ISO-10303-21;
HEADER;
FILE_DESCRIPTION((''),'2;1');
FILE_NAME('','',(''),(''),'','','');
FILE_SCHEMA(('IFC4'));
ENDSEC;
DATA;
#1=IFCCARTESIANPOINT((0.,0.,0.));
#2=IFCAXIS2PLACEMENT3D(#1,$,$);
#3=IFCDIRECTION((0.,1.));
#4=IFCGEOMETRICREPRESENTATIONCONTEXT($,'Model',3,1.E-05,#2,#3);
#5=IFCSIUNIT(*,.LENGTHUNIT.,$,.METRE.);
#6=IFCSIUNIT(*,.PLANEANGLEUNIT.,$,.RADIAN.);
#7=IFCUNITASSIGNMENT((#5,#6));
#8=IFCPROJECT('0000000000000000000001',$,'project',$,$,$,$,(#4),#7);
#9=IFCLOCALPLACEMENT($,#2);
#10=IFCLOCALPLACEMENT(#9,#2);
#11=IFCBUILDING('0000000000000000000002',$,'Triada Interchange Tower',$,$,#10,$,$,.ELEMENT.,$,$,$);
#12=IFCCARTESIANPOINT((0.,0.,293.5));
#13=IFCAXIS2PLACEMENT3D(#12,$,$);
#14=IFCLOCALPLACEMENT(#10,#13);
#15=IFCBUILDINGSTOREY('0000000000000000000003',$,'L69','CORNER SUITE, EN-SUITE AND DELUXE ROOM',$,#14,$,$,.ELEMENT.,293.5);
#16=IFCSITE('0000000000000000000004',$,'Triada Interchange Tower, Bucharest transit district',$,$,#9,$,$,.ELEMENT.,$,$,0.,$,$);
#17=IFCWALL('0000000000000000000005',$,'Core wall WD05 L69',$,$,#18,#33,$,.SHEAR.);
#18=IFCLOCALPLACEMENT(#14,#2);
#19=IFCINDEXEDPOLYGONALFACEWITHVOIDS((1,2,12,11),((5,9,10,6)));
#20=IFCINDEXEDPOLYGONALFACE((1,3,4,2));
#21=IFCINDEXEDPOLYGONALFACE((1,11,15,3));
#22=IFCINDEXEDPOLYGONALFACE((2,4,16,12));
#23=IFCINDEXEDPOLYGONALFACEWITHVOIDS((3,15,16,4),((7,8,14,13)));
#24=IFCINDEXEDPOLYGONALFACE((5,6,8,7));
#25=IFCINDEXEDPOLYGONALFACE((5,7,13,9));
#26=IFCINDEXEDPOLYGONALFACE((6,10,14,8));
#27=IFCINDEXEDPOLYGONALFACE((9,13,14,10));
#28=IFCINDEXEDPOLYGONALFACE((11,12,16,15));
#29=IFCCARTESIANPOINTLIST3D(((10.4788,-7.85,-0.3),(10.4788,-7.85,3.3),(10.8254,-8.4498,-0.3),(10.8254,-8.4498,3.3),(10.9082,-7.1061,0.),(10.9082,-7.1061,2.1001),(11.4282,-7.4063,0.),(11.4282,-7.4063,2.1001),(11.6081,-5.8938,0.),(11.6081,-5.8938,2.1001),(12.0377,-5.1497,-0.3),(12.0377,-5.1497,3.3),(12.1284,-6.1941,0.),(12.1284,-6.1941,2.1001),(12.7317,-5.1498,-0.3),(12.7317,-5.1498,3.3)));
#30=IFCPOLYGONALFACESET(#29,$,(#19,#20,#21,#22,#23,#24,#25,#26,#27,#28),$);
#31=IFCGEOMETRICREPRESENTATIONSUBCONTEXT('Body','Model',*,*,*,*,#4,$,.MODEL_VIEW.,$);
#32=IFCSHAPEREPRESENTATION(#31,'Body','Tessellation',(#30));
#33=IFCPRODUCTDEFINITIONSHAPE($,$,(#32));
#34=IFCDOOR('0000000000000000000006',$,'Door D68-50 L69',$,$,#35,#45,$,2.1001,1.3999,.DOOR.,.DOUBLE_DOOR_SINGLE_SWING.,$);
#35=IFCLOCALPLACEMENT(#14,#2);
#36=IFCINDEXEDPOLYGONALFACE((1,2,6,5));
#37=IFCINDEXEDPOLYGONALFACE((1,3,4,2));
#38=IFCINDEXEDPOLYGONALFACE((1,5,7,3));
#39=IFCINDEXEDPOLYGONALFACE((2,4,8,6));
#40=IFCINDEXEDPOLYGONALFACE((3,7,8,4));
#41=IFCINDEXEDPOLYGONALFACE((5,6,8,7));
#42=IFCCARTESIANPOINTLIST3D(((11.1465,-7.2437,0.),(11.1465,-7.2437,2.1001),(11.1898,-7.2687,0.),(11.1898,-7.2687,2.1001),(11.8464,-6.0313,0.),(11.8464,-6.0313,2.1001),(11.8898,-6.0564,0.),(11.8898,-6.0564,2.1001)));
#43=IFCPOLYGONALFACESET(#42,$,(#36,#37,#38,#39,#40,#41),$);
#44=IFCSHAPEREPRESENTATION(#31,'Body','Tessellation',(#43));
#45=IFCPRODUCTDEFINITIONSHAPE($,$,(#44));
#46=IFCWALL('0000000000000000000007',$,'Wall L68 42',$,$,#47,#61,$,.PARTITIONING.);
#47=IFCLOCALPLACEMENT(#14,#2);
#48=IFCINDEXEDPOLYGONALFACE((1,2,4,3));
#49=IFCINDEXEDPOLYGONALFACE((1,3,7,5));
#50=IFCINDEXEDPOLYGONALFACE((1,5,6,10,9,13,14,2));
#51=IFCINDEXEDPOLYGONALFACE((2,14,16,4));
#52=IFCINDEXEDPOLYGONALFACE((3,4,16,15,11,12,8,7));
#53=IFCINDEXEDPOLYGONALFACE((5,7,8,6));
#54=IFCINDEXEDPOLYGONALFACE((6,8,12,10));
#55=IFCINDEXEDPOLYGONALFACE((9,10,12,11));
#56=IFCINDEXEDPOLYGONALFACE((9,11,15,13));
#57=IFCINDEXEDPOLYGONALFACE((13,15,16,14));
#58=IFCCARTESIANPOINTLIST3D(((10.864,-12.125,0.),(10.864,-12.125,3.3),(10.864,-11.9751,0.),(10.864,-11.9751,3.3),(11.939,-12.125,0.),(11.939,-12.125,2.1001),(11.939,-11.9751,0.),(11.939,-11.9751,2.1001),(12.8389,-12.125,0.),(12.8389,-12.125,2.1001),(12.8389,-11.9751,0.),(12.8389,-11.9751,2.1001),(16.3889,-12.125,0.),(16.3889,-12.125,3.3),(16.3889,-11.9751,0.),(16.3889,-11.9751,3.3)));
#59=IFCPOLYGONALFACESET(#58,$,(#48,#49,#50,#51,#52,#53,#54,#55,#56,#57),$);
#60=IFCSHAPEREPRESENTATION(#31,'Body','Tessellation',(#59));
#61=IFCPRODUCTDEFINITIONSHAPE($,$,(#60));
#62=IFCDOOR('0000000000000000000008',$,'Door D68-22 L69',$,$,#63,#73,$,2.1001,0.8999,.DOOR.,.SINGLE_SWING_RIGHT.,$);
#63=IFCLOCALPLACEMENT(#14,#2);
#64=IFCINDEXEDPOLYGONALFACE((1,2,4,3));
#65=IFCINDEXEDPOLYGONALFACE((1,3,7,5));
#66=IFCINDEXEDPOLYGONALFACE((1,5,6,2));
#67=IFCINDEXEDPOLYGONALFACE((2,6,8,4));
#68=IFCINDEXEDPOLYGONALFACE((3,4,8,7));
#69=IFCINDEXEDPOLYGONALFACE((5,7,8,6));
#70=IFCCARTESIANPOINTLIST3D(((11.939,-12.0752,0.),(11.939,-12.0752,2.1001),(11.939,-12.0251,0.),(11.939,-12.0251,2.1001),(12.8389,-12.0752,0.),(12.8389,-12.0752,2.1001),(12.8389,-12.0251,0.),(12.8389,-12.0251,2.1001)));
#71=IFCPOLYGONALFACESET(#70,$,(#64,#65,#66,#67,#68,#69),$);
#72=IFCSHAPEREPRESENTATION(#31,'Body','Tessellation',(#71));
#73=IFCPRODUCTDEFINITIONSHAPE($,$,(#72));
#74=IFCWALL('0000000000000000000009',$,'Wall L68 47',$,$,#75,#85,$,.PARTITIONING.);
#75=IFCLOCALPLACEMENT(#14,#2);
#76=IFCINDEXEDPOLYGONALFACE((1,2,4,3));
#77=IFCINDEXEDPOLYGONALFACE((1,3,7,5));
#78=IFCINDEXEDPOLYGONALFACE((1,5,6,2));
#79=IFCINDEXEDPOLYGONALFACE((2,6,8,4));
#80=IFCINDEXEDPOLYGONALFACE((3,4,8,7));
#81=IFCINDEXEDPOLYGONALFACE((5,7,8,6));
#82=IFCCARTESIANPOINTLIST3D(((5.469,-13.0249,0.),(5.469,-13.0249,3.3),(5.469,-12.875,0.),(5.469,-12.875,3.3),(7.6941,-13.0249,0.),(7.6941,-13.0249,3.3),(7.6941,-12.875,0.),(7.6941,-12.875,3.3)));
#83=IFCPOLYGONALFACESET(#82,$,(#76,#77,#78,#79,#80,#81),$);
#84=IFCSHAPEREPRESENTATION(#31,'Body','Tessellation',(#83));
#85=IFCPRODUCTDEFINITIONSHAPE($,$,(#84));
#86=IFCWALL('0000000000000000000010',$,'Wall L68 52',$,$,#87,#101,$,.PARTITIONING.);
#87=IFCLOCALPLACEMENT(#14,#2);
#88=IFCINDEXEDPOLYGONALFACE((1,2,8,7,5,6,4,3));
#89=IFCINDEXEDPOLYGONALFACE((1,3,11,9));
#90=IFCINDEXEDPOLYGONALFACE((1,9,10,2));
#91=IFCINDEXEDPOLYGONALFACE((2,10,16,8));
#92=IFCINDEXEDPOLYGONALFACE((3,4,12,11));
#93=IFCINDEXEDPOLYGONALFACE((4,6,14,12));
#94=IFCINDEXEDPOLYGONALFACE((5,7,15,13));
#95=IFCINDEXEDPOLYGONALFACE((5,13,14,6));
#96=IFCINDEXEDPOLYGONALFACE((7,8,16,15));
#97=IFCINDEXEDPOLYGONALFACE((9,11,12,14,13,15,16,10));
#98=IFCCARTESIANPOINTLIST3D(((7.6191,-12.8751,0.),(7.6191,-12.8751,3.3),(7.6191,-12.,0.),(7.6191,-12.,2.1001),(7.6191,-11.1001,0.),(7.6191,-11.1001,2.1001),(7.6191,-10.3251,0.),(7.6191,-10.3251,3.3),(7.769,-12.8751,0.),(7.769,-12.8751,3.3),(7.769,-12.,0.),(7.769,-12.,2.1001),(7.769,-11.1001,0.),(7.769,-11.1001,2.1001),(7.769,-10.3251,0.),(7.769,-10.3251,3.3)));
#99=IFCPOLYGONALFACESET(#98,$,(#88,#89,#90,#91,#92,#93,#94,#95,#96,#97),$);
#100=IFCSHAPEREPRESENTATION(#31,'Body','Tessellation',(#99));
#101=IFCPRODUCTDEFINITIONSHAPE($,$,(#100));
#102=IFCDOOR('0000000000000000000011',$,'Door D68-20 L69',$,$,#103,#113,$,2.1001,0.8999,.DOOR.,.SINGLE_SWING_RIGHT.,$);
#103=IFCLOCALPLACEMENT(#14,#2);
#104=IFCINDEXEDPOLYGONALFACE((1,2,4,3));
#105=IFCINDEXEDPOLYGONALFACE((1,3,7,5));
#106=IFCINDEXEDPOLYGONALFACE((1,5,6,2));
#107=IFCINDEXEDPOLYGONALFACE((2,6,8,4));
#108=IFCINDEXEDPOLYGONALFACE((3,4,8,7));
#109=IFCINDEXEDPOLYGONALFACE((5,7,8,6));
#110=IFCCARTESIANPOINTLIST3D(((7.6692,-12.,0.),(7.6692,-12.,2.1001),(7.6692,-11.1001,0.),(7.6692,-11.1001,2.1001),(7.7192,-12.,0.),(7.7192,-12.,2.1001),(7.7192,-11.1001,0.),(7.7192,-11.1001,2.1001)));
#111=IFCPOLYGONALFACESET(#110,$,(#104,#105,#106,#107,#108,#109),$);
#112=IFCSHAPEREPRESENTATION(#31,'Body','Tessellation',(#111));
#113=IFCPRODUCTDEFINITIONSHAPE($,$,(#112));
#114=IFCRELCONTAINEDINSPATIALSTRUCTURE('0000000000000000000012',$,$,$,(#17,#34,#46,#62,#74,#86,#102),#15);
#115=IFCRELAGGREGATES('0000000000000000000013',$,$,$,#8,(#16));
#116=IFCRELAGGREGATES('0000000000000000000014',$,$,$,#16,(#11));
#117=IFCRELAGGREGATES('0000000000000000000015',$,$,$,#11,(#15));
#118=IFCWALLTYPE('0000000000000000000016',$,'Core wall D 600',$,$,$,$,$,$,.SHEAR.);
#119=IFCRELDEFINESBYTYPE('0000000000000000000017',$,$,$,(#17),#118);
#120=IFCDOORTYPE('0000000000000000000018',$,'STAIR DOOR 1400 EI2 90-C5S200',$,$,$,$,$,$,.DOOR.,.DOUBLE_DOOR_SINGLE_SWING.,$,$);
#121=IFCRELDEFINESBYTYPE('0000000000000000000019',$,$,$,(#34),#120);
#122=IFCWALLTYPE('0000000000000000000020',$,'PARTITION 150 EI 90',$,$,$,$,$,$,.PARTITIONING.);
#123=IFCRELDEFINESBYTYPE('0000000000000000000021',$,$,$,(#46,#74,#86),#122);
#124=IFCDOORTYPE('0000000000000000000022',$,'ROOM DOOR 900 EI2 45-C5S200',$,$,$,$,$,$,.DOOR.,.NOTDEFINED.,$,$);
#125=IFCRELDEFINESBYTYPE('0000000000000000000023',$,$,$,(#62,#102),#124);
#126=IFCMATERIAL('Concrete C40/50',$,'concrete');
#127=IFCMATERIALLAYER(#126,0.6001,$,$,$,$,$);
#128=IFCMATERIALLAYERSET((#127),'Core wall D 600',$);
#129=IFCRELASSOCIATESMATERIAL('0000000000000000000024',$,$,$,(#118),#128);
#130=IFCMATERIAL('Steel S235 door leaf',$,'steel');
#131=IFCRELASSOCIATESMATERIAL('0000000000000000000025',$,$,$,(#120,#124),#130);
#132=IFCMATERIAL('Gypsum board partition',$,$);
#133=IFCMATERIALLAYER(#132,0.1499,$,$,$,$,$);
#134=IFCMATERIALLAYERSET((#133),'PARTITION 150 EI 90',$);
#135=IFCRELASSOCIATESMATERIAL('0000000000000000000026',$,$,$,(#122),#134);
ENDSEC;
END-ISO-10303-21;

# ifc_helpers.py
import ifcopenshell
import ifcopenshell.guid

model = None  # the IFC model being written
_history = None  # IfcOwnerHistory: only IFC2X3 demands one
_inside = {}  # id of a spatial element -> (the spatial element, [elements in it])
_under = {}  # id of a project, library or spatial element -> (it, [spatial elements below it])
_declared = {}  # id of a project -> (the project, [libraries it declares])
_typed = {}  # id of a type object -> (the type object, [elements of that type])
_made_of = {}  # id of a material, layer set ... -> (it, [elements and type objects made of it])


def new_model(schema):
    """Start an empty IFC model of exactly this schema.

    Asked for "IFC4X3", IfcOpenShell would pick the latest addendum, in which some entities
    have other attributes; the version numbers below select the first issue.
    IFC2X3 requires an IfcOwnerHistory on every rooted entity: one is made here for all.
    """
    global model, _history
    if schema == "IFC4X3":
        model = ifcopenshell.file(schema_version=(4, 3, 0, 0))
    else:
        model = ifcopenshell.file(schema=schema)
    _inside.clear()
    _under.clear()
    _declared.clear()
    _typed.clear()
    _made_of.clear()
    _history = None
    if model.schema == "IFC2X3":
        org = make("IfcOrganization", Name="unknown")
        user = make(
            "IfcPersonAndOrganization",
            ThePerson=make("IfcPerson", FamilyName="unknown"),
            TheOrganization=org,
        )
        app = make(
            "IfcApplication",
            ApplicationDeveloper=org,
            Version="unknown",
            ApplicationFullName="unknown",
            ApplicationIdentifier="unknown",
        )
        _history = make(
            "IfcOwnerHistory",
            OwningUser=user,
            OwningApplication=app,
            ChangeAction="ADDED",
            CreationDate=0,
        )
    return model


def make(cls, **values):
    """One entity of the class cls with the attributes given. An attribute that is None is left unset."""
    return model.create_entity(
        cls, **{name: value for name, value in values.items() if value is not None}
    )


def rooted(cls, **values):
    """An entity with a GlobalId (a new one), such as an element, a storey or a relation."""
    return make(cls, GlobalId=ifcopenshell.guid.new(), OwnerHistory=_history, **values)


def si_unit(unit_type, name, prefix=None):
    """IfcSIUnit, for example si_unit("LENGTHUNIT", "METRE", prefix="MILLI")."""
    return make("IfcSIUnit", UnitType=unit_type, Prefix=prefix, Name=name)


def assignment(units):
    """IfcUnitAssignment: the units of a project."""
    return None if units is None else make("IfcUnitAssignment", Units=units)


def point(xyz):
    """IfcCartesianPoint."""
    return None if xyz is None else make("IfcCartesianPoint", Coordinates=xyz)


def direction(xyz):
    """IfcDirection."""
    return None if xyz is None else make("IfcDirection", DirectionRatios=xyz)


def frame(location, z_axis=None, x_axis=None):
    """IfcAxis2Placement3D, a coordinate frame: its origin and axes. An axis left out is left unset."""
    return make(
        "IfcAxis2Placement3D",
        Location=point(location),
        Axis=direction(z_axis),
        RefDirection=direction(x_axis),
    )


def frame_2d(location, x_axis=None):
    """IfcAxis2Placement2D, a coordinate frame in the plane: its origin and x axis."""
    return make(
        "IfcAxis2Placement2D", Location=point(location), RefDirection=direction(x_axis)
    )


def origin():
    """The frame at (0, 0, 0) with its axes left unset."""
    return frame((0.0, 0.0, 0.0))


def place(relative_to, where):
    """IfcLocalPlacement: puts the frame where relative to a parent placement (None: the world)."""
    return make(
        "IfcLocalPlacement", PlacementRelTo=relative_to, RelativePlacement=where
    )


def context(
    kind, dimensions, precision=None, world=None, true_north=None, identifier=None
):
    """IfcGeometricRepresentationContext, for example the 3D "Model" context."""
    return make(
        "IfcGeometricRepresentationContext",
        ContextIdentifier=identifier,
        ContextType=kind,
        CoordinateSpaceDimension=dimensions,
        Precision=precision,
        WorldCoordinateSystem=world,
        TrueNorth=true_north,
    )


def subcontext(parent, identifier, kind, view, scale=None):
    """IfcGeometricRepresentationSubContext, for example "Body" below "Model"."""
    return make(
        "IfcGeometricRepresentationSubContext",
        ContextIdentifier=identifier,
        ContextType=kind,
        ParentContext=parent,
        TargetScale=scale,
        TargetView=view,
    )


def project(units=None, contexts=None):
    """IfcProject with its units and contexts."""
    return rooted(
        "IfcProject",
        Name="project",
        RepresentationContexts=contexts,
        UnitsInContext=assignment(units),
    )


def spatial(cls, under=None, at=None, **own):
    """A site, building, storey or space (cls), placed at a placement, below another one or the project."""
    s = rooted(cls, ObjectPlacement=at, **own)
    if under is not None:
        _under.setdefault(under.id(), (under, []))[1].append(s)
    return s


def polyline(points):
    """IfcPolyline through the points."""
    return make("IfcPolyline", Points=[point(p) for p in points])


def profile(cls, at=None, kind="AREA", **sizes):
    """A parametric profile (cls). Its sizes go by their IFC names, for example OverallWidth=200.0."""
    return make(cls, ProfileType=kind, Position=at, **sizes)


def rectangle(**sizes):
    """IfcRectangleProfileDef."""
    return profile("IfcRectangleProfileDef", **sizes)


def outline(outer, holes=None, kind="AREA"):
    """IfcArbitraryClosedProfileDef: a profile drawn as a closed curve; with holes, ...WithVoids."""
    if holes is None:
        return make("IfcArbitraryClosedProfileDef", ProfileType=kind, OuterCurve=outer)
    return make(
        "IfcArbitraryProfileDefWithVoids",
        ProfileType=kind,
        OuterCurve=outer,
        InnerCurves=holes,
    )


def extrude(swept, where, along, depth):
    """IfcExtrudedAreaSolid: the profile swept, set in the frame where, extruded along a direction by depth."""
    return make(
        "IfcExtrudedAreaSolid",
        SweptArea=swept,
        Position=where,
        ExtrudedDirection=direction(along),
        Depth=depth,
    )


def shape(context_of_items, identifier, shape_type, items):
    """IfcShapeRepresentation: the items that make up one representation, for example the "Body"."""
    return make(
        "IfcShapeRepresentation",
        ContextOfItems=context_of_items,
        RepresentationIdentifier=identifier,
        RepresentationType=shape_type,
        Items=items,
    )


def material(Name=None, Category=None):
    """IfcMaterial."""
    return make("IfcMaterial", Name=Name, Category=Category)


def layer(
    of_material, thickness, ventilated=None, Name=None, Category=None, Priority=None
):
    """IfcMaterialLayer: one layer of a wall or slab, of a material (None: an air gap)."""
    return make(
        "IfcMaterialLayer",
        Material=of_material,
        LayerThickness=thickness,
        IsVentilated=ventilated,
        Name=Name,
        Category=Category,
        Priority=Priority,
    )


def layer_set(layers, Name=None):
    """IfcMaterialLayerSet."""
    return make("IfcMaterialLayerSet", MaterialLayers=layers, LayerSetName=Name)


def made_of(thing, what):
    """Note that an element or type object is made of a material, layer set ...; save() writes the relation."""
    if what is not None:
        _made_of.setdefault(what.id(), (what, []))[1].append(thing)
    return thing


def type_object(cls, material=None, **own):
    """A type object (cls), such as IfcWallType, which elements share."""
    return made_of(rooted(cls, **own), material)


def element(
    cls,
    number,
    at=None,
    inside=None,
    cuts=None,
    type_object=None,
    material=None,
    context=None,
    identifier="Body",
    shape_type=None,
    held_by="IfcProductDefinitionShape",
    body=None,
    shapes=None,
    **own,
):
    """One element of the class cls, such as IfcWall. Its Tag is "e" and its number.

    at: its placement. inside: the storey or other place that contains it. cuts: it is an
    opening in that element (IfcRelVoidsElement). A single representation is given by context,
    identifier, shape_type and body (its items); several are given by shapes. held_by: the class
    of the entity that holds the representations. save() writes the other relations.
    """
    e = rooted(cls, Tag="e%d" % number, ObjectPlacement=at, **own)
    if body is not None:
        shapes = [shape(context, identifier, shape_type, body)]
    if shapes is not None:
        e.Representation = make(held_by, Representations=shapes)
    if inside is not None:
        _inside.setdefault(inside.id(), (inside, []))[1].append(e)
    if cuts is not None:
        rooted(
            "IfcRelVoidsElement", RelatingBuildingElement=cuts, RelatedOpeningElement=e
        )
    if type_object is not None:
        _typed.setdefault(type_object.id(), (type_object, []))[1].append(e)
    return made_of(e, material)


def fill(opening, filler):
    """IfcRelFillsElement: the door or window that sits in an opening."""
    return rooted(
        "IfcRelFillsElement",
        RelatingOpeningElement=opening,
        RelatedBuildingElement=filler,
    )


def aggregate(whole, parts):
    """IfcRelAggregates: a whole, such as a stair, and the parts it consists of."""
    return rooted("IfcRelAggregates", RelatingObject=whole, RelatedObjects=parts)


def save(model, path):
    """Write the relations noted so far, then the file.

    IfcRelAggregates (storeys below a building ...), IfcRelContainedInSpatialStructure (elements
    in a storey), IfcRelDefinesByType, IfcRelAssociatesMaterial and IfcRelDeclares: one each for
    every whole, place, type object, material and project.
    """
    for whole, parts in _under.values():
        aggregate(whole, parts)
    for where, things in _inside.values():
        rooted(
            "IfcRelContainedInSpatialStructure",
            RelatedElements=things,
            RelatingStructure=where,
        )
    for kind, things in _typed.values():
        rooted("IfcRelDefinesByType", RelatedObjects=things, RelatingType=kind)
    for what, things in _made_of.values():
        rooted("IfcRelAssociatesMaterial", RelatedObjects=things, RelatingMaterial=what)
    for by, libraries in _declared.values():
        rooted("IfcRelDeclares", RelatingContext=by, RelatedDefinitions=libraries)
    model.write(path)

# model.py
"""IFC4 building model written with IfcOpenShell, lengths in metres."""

from ifc_helpers import new_model, si_unit, direction, frame, frame_2d, origin, place, context, subcontext, project, spatial, polyline, rectangle, outline, extrude, material, layer, layer_set, type_object, element, fill, save


model = new_model("IFC4")

# Units and contexts
model_context = context("Model", 3, precision=1e-05, world=origin(), true_north=direction((0.0, 1.0)))
body_context = subcontext(model_context, "Body", "Model", "MODEL_VIEW")
ifc_project = project(units=[si_unit("LENGTHUNIT", "METRE"), si_unit("PLANEANGLEUNIT", "RADIAN")], contexts=[model_context])

# Site, building, storey
site_placement = place(None, origin())
site = spatial("IfcSite", under=ifc_project, at=site_placement, Name="Triada Interchange Tower, Bucharest transit district", CompositionType="ELEMENT", RefElevation=0.0)
building_placement = place(site_placement, origin())
building = spatial("IfcBuilding", under=site, at=building_placement, Name="Triada Interchange Tower", CompositionType="ELEMENT")
storey_placement = place(building_placement, frame((0.0, 0.0, 293.5)))
storey = spatial("IfcBuildingStorey", under=building, at=storey_placement, Name="L69", Description="CORNER SUITE, EN-SUITE AND DELUXE ROOM", CompositionType="ELEMENT", Elevation=293.5)

# Shared definitions
ifc_material_1 = material(Name="Steel S235 door leaf", Category="steel")

# Walls, openings, doors
ifc_material_2 = material(Name="Concrete C40/50", Category="concrete")
ifc_layer_1 = layer(ifc_material_2, 0.6001)
ifc_layer_set_1 = layer_set([ifc_layer_1], Name="Core wall D 600")
wall_type_1 = type_object("IfcWallType", Name="Core wall D 600", PredefinedType="SHEAR", material=ifc_layer_set_1)
wall_1_placement = place(storey_placement, frame((10.6521, -8.1499, -0.3), z_axis=(0.0, 0.0, 1.0), x_axis=(0.499975, 0.86604, 0.0)))
wall_1 = element("IfcWall", 1, at=wall_1_placement, inside=storey, type_object=wall_type_1, Name="Core wall WD05 L69", PredefinedType="SHEAR", context=body_context, shape_type="SweptSolid", body=[
    extrude(outline(polyline([(-0.1731, -0.3), (1.7324, -0.3005), (3.6379, -0.301), (3.291, 0.3), (1.7319, 0.3), (0.1731, 0.3), (-0.1731, -0.3)])), origin(), (0.0, 0.0, 1.0), 3.6001),
])
opening_1_placement = place(wall_1_placement, frame((1.032, 0.0, 0.3)))
opening_1 = element("IfcOpeningElement", 2, at=opening_1_placement, cuts=wall_1, PredefinedType="OPENING", context=body_context, shape_type="SweptSolid", body=[
    extrude(rectangle(XDim=1.3999, YDim=2.1001, at=frame_2d((0.7, 1.05))), frame((0.0, 0.3101, 0.0), z_axis=(0.0, -1.0, 0.0), x_axis=(1.0, 0.0, 0.0)), (0.0, 0.0, 1.0), 0.6211),
])
door_type_1 = type_object("IfcDoorType", Name="STAIR DOOR 1400 EI2 90-C5S200", OperationType="DOUBLE_DOOR_SINGLE_SWING", PredefinedType="DOOR", material=ifc_material_1)
door_1_placement = place(opening_1_placement, origin())
door_1 = element("IfcDoor", 3, at=door_1_placement, inside=storey, type_object=door_type_1, Name="Door D68-50 L69", OperationType="DOUBLE_DOOR_SINGLE_SWING", OverallHeight=2.1001, OverallWidth=1.3999, PredefinedType="DOOR", context=body_context, shape_type="SweptSolid", body=[
    extrude(rectangle(XDim=1.3999, YDim=2.1001, at=frame_2d((0.7, 1.05))), frame((0.0, 0.0249, 0.0), z_axis=(0.0, -1.0, 0.0), x_axis=(1.0, 0.0, 0.0)), (0.0, 0.0, 1.0), 0.05),
])
fill(opening_1, door_1)
ifc_material_3 = material(Name="Gypsum board partition")
ifc_layer_2 = layer(ifc_material_3, 0.1499)
ifc_layer_set_2 = layer_set([ifc_layer_2], Name="PARTITION 150 EI 90")
wall_type_2 = type_object("IfcWallType", Name="PARTITION 150 EI 90", PredefinedType="PARTITIONING", material=ifc_layer_set_2)
wall_2_placement = place(storey_placement, frame((10.864, -12.05, 0.0), z_axis=(0.0, 0.0, 1.0), x_axis=(1.0, 0.0, 0.0)))
wall_2 = element("IfcWall", 4, at=wall_2_placement, inside=storey, type_object=wall_type_2, Name="Wall L68 42", PredefinedType="PARTITIONING", context=body_context, shape_type="SweptSolid", body=[
    extrude(rectangle(XDim=5.5249, YDim=0.1499, at=frame_2d((2.7625, 0.0))), origin(), (0.0, 0.0, 1.0), 3.3),
])
opening_2_placement = place(wall_2_placement, frame((1.075, 0.0, 0.0)))
opening_2 = element("IfcOpeningElement", 5, at=opening_2_placement, cuts=wall_2, PredefinedType="OPENING", context=body_context, shape_type="SweptSolid", body=[
    extrude(rectangle(XDim=0.8999, YDim=2.1001, at=frame_2d((0.45, 1.05))), frame((0.0, 0.085, 0.0), z_axis=(0.0, -1.0, 0.0), x_axis=(1.0, 0.0, 0.0)), (0.0, 0.0, 1.0), 0.1699),
])
door_type_2 = type_object("IfcDoorType", Name="ROOM DOOR 900 EI2 45-C5S200", OperationType="NOTDEFINED", PredefinedType="DOOR", material=ifc_material_1)
door_2_placement = place(opening_2_placement, origin())
door_2 = element("IfcDoor", 6, at=door_2_placement, inside=storey, type_object=door_type_2, Name="Door D68-22 L69", OperationType="SINGLE_SWING_RIGHT", OverallHeight=2.1001, OverallWidth=0.8999, PredefinedType="DOOR", context=body_context, shape_type="SweptSolid", body=[
    extrude(rectangle(XDim=0.8999, YDim=2.1001, at=frame_2d((0.45, 1.05))), frame((0.0, 0.0249, 0.0), z_axis=(0.0, -1.0, 0.0), x_axis=(1.0, 0.0, 0.0)), (0.0, 0.0, 1.0), 0.05),
])
fill(opening_2, door_2)

# Wall
wall_3_placement = place(storey_placement, frame((5.469, -12.95, 0.0), z_axis=(0.0, 0.0, 1.0), x_axis=(1.0, 0.0, 0.0)))
element("IfcWall", 7, at=wall_3_placement, inside=storey, type_object=wall_type_2, Name="Wall L68 47", PredefinedType="PARTITIONING", context=body_context, shape_type="SweptSolid", body=[
    extrude(rectangle(XDim=2.2251, YDim=0.1499, at=frame_2d((1.1125, 0.0))), origin(), (0.0, 0.0, 1.0), 3.3),
])

# Wall, opening, door
wall_4_placement = place(storey_placement, frame((7.6941, -12.875, 0.0), z_axis=(0.0, 0.0, 1.0), x_axis=(0.0, 1.0, 0.0)))
wall_4 = element("IfcWall", 8, at=wall_4_placement, inside=storey, type_object=wall_type_2, Name="Wall L68 52", PredefinedType="PARTITIONING", context=body_context, shape_type="SweptSolid", body=[
    extrude(rectangle(XDim=2.55, YDim=0.1499, at=frame_2d((1.2749, 0.0))), origin(), (0.0, 0.0, 1.0), 3.3),
])
opening_3_placement = place(wall_4_placement, frame((0.875, 0.0, 0.0)))
opening_3 = element("IfcOpeningElement", 9, at=opening_3_placement, cuts=wall_4, PredefinedType="OPENING", context=body_context, shape_type="SweptSolid", body=[
    extrude(rectangle(XDim=0.8999, YDim=2.1001, at=frame_2d((0.45, 1.05))), frame((0.0, 0.085, 0.0), z_axis=(0.0, -1.0, 0.0), x_axis=(1.0, 0.0, 0.0)), (0.0, 0.0, 1.0), 0.1699),
])
door_3_placement = place(opening_3_placement, origin())
door_3 = element("IfcDoor", 10, at=door_3_placement, inside=storey, type_object=door_type_2, Name="Door D68-20 L69", OperationType="SINGLE_SWING_RIGHT", OverallHeight=2.1001, OverallWidth=0.8999, PredefinedType="DOOR", context=body_context, shape_type="SweptSolid", body=[
    extrude(rectangle(XDim=0.8999, YDim=2.1001, at=frame_2d((0.45, 1.05))), frame((0.0, 0.0249, 0.0), z_axis=(0.0, -1.0, 0.0), x_axis=(1.0, 0.0, 0.0)), (0.0, 0.0, 1.0), 0.05),
])
fill(opening_3, door_3)

save(model, "model.ifc")
